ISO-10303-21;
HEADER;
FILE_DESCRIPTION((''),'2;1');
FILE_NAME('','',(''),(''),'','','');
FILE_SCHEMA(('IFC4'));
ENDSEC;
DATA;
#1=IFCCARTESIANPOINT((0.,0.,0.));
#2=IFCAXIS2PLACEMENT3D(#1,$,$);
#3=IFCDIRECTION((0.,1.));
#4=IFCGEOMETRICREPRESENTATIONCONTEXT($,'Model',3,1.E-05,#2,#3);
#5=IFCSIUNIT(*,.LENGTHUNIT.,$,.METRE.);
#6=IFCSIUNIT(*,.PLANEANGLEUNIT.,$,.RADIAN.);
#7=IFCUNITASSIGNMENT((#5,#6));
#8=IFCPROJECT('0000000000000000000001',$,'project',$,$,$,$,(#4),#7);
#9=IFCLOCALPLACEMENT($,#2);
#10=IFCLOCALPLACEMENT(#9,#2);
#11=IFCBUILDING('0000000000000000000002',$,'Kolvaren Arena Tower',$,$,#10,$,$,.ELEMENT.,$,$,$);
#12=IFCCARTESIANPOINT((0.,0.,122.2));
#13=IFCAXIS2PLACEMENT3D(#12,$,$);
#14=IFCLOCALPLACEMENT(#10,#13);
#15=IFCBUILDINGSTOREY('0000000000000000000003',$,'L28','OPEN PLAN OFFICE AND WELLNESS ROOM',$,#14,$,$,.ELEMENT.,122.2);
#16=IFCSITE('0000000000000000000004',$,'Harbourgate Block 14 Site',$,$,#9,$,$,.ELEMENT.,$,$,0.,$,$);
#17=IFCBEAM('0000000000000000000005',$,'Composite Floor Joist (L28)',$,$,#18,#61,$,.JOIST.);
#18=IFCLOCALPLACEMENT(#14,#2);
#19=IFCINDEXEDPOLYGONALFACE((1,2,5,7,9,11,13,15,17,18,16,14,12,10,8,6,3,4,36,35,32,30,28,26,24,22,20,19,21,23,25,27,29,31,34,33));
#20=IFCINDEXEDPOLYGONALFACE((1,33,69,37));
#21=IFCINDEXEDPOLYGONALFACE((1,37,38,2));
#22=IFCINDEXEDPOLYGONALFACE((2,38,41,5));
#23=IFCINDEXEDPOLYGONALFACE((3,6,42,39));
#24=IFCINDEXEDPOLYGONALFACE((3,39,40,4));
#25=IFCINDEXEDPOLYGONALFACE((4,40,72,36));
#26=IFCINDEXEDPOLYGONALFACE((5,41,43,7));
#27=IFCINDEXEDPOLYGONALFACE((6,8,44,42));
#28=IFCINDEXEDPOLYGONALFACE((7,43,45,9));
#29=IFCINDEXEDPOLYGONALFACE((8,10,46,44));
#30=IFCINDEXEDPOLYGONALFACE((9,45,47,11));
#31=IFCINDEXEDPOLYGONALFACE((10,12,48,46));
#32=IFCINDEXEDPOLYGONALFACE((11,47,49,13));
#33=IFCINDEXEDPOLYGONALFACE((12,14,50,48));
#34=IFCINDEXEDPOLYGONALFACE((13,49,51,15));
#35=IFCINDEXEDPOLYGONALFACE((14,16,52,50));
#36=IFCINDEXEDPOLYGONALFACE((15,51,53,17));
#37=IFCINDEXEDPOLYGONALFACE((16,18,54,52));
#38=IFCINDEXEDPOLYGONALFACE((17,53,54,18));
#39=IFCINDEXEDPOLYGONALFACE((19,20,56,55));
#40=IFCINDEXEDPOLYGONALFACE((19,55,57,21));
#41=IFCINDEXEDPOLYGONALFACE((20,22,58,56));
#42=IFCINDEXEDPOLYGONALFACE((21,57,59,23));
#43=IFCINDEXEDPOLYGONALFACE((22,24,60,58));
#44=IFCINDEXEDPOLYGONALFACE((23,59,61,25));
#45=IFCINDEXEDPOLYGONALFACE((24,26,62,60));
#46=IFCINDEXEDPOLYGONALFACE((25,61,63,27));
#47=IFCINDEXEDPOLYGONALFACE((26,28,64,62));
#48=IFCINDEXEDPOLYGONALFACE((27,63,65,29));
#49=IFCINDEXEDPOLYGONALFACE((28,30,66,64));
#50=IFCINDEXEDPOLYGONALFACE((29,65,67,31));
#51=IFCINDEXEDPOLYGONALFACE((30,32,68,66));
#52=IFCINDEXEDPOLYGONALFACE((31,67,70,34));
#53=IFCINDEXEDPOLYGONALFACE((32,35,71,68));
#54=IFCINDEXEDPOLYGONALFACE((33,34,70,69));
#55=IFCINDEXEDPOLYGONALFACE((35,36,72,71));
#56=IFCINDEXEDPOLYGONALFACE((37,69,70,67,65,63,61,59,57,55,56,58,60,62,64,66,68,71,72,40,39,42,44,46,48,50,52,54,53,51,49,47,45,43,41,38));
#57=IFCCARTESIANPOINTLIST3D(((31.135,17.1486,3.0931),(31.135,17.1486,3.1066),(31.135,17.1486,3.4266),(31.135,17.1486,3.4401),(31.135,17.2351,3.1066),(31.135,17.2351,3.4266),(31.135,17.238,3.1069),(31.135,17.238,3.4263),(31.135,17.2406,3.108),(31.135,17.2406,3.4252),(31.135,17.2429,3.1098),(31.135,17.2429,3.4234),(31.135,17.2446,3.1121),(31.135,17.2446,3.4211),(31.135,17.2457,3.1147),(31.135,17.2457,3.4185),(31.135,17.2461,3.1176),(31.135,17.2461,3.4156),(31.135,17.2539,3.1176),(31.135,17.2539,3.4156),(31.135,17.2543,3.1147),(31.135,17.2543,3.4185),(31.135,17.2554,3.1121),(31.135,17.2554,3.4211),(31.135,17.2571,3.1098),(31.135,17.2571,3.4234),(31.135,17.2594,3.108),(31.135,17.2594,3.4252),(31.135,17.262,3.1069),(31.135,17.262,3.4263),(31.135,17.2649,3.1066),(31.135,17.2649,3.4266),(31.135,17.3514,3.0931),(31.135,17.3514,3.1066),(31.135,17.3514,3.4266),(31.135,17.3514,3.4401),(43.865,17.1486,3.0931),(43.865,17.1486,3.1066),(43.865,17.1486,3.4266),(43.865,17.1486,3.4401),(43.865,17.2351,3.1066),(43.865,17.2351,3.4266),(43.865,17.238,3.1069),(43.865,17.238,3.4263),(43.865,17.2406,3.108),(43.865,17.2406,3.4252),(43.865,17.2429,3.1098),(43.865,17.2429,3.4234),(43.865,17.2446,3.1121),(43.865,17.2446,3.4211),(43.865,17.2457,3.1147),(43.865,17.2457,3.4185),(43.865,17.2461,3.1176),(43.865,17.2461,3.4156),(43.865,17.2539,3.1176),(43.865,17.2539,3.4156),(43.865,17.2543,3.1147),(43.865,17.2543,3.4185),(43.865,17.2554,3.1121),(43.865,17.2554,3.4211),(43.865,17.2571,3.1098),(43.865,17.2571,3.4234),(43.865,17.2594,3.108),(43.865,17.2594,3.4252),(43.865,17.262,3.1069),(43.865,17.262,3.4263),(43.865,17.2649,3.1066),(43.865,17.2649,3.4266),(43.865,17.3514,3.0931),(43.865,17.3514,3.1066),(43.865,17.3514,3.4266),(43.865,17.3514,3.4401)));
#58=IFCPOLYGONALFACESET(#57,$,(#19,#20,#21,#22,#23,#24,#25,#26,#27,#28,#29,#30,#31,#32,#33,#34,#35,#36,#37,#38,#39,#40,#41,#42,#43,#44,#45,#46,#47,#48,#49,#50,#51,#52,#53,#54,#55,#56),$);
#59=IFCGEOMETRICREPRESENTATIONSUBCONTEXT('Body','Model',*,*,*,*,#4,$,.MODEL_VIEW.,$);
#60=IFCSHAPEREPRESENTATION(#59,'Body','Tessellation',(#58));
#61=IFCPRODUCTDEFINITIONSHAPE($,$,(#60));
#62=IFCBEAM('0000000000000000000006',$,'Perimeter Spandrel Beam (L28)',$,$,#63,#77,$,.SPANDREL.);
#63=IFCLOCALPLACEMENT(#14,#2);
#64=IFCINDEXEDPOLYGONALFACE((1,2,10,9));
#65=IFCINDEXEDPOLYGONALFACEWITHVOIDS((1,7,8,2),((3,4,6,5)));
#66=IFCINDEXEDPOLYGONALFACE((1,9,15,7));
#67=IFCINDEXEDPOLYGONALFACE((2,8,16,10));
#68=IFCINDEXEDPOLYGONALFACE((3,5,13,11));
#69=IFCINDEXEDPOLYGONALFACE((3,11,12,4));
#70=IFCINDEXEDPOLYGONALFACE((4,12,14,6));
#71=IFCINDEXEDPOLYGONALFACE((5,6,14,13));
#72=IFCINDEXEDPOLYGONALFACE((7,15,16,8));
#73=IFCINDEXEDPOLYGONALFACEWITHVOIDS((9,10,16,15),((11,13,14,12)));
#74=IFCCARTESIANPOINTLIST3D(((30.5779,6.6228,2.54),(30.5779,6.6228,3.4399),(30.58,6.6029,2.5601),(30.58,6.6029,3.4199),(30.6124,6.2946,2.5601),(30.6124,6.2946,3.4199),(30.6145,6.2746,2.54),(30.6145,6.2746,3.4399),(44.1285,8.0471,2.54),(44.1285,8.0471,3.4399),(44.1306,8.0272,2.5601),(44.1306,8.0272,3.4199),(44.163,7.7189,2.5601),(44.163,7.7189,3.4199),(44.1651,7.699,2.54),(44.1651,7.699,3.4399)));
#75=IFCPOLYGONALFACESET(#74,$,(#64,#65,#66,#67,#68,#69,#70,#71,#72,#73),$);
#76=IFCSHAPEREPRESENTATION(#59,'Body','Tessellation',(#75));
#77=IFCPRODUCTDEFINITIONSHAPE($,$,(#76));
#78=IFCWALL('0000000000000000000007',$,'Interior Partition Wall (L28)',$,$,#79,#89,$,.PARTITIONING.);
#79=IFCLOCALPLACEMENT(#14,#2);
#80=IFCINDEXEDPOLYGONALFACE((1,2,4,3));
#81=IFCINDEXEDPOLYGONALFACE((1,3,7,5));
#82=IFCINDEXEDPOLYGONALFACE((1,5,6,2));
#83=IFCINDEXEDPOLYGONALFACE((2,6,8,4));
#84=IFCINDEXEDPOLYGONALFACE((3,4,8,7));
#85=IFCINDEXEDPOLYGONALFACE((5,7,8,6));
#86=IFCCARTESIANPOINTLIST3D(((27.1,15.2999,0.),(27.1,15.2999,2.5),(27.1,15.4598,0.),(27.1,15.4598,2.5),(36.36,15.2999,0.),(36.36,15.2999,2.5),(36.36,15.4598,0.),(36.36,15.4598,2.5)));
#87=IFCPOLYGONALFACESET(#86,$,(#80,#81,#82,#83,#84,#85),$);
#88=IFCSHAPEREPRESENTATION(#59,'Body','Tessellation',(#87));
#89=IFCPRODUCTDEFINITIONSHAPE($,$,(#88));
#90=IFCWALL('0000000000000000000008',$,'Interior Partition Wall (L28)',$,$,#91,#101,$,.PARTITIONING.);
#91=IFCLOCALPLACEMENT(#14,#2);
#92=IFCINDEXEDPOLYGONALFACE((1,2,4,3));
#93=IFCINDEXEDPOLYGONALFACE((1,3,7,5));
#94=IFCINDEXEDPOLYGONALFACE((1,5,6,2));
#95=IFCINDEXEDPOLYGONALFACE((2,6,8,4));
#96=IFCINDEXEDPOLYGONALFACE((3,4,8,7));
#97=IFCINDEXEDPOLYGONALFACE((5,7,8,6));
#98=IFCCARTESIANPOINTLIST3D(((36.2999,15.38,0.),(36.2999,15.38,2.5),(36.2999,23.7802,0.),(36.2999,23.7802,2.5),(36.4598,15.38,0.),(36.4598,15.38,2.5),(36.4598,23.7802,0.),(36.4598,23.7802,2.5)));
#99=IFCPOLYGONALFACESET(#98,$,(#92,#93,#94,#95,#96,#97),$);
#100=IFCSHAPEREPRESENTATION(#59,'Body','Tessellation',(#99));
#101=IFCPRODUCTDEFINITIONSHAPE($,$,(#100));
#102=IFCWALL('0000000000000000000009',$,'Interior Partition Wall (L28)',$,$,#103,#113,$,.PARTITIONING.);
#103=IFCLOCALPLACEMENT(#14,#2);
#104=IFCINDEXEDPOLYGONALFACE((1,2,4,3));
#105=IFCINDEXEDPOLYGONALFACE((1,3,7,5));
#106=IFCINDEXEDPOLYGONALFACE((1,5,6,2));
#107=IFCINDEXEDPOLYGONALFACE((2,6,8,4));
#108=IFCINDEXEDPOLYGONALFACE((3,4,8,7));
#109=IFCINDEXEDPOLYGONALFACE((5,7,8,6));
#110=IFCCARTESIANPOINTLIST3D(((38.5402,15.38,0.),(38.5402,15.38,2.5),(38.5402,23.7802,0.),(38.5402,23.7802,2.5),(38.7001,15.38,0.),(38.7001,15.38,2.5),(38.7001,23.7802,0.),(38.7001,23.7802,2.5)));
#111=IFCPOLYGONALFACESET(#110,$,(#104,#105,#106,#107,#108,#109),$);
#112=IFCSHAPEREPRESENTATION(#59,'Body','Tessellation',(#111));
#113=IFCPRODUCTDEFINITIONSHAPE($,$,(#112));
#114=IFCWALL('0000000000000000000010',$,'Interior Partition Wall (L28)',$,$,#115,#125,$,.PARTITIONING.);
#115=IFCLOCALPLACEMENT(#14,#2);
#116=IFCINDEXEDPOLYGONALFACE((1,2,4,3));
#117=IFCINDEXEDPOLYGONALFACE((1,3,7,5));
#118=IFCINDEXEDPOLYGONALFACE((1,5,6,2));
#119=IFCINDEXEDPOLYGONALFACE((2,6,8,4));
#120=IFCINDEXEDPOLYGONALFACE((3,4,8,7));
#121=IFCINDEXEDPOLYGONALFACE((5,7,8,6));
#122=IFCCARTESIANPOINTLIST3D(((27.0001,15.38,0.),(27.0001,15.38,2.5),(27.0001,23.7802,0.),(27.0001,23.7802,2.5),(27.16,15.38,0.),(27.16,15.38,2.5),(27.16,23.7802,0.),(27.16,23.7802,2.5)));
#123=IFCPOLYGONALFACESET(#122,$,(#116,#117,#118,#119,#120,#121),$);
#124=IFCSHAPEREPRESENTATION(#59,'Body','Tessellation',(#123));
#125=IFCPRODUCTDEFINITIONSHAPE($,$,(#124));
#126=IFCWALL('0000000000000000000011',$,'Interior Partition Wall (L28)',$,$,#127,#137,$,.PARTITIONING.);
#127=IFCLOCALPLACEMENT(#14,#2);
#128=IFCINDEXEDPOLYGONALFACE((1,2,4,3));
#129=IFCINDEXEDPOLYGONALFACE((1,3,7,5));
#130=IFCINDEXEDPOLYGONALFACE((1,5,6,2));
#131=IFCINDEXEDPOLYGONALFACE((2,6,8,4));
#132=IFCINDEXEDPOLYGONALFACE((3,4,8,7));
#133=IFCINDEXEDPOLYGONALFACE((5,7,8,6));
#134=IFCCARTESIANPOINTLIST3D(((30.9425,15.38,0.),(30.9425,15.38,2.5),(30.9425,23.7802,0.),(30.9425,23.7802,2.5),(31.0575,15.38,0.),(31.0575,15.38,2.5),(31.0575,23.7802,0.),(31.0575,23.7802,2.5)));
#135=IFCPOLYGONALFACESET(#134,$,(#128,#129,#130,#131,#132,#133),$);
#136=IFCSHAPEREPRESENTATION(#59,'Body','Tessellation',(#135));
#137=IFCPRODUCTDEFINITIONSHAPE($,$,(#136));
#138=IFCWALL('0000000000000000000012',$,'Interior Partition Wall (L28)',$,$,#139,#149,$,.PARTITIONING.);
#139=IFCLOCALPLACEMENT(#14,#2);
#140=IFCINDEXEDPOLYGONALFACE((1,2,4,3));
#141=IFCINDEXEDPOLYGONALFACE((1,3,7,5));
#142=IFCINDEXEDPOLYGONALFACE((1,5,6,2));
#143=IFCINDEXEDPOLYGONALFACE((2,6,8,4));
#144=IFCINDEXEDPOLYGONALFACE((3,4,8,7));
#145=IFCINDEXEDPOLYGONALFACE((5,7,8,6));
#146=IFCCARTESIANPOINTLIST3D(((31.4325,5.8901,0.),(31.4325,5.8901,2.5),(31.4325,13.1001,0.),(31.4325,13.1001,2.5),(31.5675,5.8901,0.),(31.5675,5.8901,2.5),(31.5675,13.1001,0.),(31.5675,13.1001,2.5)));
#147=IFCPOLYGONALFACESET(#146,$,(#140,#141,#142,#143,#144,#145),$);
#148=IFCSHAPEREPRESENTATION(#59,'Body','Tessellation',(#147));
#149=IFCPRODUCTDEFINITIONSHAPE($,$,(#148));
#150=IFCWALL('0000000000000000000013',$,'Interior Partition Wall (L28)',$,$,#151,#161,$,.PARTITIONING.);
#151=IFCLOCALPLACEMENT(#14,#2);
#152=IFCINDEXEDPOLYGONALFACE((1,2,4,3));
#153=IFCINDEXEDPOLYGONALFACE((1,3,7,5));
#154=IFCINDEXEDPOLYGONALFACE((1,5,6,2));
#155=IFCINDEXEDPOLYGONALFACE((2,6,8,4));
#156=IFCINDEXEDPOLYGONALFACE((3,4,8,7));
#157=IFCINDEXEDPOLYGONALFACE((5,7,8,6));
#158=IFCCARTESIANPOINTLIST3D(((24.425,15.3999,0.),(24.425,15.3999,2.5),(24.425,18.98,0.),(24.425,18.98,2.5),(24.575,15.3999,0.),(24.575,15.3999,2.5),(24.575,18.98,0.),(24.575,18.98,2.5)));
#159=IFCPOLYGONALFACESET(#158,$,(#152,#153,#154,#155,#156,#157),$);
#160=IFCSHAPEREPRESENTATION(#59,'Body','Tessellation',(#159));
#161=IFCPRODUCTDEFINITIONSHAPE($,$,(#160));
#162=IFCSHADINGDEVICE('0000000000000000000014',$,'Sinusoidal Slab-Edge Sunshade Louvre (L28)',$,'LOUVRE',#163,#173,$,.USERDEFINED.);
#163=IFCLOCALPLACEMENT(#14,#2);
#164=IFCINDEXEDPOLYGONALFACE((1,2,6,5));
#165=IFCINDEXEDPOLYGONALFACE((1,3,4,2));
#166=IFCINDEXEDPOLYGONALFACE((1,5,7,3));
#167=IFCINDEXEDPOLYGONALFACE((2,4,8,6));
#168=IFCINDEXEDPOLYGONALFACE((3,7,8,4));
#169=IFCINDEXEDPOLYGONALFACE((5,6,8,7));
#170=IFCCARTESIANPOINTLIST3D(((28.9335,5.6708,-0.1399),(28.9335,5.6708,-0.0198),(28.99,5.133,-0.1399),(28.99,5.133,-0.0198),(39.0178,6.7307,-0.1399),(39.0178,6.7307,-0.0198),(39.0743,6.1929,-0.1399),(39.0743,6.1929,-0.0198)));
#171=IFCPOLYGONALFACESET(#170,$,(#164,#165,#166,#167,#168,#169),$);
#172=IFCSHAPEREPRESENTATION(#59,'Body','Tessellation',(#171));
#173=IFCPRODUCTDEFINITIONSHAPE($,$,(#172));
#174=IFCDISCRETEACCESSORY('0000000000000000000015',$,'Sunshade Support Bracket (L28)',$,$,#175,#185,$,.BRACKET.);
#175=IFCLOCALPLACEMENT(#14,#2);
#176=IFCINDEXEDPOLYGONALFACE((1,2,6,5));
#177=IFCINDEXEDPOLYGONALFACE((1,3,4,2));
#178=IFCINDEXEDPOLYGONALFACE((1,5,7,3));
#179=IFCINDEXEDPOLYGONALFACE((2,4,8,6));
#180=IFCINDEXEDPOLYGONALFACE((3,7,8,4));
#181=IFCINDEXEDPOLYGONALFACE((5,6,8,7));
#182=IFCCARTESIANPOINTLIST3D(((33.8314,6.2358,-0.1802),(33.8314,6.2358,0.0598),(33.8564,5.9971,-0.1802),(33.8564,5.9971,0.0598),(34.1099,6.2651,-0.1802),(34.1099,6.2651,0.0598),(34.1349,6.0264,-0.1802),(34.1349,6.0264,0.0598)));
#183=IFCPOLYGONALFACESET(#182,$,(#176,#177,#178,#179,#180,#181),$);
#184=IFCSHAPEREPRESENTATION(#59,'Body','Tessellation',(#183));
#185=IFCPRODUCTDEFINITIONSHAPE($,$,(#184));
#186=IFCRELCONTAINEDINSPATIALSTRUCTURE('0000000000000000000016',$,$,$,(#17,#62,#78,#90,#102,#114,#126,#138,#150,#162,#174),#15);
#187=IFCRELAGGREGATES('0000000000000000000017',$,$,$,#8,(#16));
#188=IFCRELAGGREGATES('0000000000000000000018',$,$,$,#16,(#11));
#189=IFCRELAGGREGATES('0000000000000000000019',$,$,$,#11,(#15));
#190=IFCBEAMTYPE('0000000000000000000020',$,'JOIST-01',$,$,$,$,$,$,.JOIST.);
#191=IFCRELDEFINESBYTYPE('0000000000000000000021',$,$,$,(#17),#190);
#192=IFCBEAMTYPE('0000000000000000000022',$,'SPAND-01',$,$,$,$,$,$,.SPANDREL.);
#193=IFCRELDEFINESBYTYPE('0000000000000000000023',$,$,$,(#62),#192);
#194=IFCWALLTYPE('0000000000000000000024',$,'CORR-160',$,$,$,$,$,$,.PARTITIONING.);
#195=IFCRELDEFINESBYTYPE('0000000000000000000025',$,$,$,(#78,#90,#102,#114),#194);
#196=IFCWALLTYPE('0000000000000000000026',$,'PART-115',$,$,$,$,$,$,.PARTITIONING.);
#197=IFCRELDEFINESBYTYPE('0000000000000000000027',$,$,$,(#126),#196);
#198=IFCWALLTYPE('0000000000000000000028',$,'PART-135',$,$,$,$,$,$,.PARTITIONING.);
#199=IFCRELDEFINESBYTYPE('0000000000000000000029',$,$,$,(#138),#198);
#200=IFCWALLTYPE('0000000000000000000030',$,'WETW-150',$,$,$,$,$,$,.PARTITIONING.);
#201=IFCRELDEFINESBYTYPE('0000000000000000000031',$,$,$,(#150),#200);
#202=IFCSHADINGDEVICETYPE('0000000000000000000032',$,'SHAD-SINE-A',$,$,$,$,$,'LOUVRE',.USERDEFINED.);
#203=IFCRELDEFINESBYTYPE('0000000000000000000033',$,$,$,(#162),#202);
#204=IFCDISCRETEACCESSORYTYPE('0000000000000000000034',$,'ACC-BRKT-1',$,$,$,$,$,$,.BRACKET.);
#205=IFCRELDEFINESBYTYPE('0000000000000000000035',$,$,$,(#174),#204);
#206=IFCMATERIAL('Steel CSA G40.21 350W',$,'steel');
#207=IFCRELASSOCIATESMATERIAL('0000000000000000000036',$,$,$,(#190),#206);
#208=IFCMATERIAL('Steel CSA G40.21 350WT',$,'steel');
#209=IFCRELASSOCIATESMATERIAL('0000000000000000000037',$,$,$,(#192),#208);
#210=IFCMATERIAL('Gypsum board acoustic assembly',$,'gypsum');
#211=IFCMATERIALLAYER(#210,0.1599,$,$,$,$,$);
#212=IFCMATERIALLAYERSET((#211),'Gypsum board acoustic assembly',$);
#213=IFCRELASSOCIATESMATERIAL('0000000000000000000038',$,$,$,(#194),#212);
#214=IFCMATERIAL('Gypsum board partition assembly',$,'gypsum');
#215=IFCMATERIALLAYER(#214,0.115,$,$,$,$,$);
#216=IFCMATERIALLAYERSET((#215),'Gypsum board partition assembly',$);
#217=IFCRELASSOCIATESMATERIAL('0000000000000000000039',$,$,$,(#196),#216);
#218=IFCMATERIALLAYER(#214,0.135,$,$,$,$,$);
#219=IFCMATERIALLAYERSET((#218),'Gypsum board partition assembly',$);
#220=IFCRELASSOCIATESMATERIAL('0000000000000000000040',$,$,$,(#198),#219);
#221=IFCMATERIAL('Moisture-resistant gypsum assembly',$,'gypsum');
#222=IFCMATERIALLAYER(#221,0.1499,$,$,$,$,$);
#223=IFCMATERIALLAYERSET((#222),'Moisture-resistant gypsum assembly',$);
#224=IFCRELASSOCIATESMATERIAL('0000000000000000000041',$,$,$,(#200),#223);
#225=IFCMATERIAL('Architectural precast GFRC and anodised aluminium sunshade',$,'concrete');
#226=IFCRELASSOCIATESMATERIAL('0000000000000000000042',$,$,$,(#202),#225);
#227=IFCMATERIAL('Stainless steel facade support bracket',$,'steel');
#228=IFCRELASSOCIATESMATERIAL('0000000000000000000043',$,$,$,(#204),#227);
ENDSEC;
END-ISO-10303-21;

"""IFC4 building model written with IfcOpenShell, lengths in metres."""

from ifc_helpers import new_model, si_unit, direction, frame, frame_2d, origin, origin_2d, place, context, subcontext, project, spatial, rectangle, hollow_rectangle, i_section, extrude, material, layer, layer_set, material_profile, profile_set, type_object, element, save


model = new_model("IFC4")

# Units and contexts
model_context = context("Model", 3, precision=1e-05, world=origin(), true_north=direction((0.0, 1.0)))
body_context = subcontext(model_context, "Body", "Model", "MODEL_VIEW")
ifc_project = project(units=[si_unit("LENGTHUNIT", "METRE"), si_unit("PLANEANGLEUNIT", "RADIAN")], contexts=[model_context])

# Site, building, storey
site_placement = place(None, origin())
site = spatial("IfcSite", under=ifc_project, at=site_placement, Name="Harbourgate Block 14 Site", CompositionType="ELEMENT", RefElevation=0.0)
building_placement = place(site_placement, origin())
building = spatial("IfcBuilding", under=site, at=building_placement, Name="Kolvaren Arena Tower", CompositionType="ELEMENT")
storey_placement = place(building_placement, frame((0.0, 0.0, 122.2)))
storey = spatial("IfcBuildingStorey", under=building, at=storey_placement, Name="L28", Description="OPEN PLAN OFFICE AND WELLNESS ROOM", CompositionType="ELEMENT", Elevation=122.2)

# Beams
ifc_material_1 = material(Name="Steel CSA G40.21 350W", Category="steel")
ifc_material_profile_1 = material_profile(ifc_material_1, i_section(OverallWidth=0.2029, OverallDepth=0.3469, WebThickness=0.0078, FlangeThickness=0.0134, FilletRadius=0.011, at=origin_2d()), Name="W360x64")
ifc_profile_set_1 = profile_set([ifc_material_profile_1], Name="Steel CSA G40.21 350W")
beam_type_1 = type_object("IfcBeamType", Name="JOIST-01", PredefinedType="JOIST", material=ifc_profile_set_1)
beam_1_placement = place(storey_placement, frame((31.135, 17.25, 3.2666), z_axis=(1.0, 0.0, 0.0), x_axis=(0.0, 1.0, 0.0)))
element("IfcBeam", 1, at=beam_1_placement, inside=storey, type_object=beam_type_1, Name="Composite Floor Joist (L28)", PredefinedType="JOIST", context=body_context, shape_type="SweptSolid", body=[
    extrude(i_section(OverallWidth=0.2029, OverallDepth=0.3469, WebThickness=0.0078, FlangeThickness=0.0134, FilletRadius=0.011, at=origin_2d()), origin(), (0.0, 0.0, 1.0), 12.73),
])
ifc_material_2 = material(Name="Steel CSA G40.21 350WT", Category="steel")
ifc_material_profile_2 = material_profile(ifc_material_2, hollow_rectangle(XDim=0.3501, YDim=0.8999, WallThickness=0.02, at=origin_2d()), Name="HSS 900x350x20")
ifc_profile_set_2 = profile_set([ifc_material_profile_2], Name="Steel CSA G40.21 350WT")
beam_type_2 = type_object("IfcBeamType", Name="SPAND-01", PredefinedType="SPANDREL", material=ifc_profile_set_2)
beam_2_placement = place(storey_placement, frame((30.5962, 6.4487, 2.99), z_axis=(0.994521, 0.104536, 0.0), x_axis=(-0.104536, 0.994521, 0.0)))
element("IfcBeam", 2, at=beam_2_placement, inside=storey, type_object=beam_type_2, Name="Perimeter Spandrel Beam (L28)", PredefinedType="SPANDREL", context=body_context, shape_type="SweptSolid", body=[
    extrude(hollow_rectangle(XDim=0.3501, YDim=0.8999, WallThickness=0.02, at=origin_2d()), origin(), (0.0, 0.0, 1.0), 13.6252),
])

# Walls
ifc_material_3 = material(Name="Gypsum board acoustic assembly", Category="gypsum")
ifc_layer_1 = layer(ifc_material_3, 0.1599)
ifc_layer_set_1 = layer_set([ifc_layer_1], Name="Gypsum board acoustic assembly")
wall_type_1 = type_object("IfcWallType", Name="CORR-160", PredefinedType="PARTITIONING", material=ifc_layer_set_1)
wall_1_placement = place(storey_placement, frame((27.1001, 15.3799, 0.0), z_axis=(0.0, 0.0, 1.0), x_axis=(1.0, 0.0, 0.0)))
element("IfcWall", 3, at=wall_1_placement, inside=storey, type_object=wall_type_1, Name="Interior Partition Wall (L28)", PredefinedType="PARTITIONING", context=body_context, shape_type="SweptSolid", body=[
    extrude(rectangle(XDim=9.26, YDim=0.1599, at=frame_2d((4.6299, 0.0))), origin(), (0.0, 0.0, 1.0), 2.5),
])
for number, where, z_axis, x_axis, name in (
    (4, (36.3799, 15.3799, 0.0), (0.0, 0.0, 1.0), (0.0, 1.0, 0.0), "Interior Partition Wall (L28)"),
    (5, (38.6201, 15.3799, 0.0), (0.0, 0.0, 1.0), (0.0, 1.0, 0.0), "Interior Partition Wall (L28)"),
    (6, (27.0801, 15.3799, 0.0), (0.0, 0.0, 1.0), (0.0, 1.0, 0.0), "Interior Partition Wall (L28)"),
):
    element("IfcWall", number, at=place(storey_placement, frame(where, z_axis=z_axis, x_axis=x_axis)), inside=storey, type_object=wall_type_1, Name=name, PredefinedType="PARTITIONING", context=body_context, shape_type="SweptSolid", body=[
        extrude(rectangle(XDim=8.4001, YDim=0.1599, at=frame_2d((4.2002, 0.0))), origin(), (0.0, 0.0, 1.0), 2.5),
    ])
ifc_material_4 = material(Name="Gypsum board partition assembly", Category="gypsum")
ifc_layer_2 = layer(ifc_material_4, 0.115)
ifc_layer_set_2 = layer_set([ifc_layer_2], Name="Gypsum board partition assembly")
wall_type_2 = type_object("IfcWallType", Name="PART-115", PredefinedType="PARTITIONING", material=ifc_layer_set_2)
wall_2_placement = place(storey_placement, frame((31.0, 15.3799, 0.0), z_axis=(0.0, 0.0, 1.0), x_axis=(0.0, 1.0, 0.0)))
element("IfcWall", 7, at=wall_2_placement, inside=storey, type_object=wall_type_2, Name="Interior Partition Wall (L28)", PredefinedType="PARTITIONING", context=body_context, shape_type="SweptSolid", body=[
    extrude(rectangle(XDim=8.4001, YDim=0.115, at=frame_2d((4.2002, 0.0))), origin(), (0.0, 0.0, 1.0), 2.5),
])
ifc_layer_3 = layer(ifc_material_4, 0.135)
ifc_layer_set_3 = layer_set([ifc_layer_3], Name="Gypsum board partition assembly")
wall_type_3 = type_object("IfcWallType", Name="PART-135", PredefinedType="PARTITIONING", material=ifc_layer_set_3)
wall_3_placement = place(storey_placement, frame((31.5, 5.8901, 0.0), z_axis=(0.0, 0.0, 1.0), x_axis=(0.0, 1.0, 0.0)))
element("IfcWall", 8, at=wall_3_placement, inside=storey, type_object=wall_type_3, Name="Interior Partition Wall (L28)", PredefinedType="PARTITIONING", context=body_context, shape_type="SweptSolid", body=[
    extrude(rectangle(XDim=7.21, YDim=0.135, at=frame_2d((3.605, 0.0))), origin(), (0.0, 0.0, 1.0), 2.5),
])
ifc_material_5 = material(Name="Moisture-resistant gypsum assembly", Category="gypsum")
ifc_layer_4 = layer(ifc_material_5, 0.1499)
ifc_layer_set_4 = layer_set([ifc_layer_4], Name="Moisture-resistant gypsum assembly")
wall_type_4 = type_object("IfcWallType", Name="WETW-150", PredefinedType="PARTITIONING", material=ifc_layer_set_4)
wall_4_placement = place(storey_placement, frame((24.5, 15.3999, 0.0), z_axis=(0.0, 0.0, 1.0), x_axis=(0.0, 1.0, 0.0)))
element("IfcWall", 9, at=wall_4_placement, inside=storey, type_object=wall_type_4, Name="Interior Partition Wall (L28)", PredefinedType="PARTITIONING", context=body_context, shape_type="SweptSolid", body=[
    extrude(rectangle(XDim=3.5801, YDim=0.1499, at=frame_2d((1.79, 0.0))), origin(), (0.0, 0.0, 1.0), 2.5),
])

# Shading device
ifc_material_6 = material(Name="Architectural precast GFRC and anodised aluminium sunshade", Category="concrete")
shading_device_type = type_object("IfcShadingDeviceType", Name="SHAD-SINE-A", ElementType="LOUVRE", PredefinedType="USERDEFINED", material=ifc_material_6)
shading_device_placement = place(storey_placement, frame((34.0039, 5.9319, -0.1399), z_axis=(0.0, 0.0, 1.0), x_axis=(-0.994522, -0.104527, 0.0)))
element("IfcShadingDevice", 10, at=shading_device_placement, inside=storey, type_object=shading_device_type, Name="Sinusoidal Slab-Edge Sunshade Louvre (L28)", ObjectType="LOUVRE", PredefinedType="USERDEFINED", context=body_context, shape_type="SweptSolid", body=[
    extrude(rectangle(XDim=10.1399, YDim=0.5408, at=origin_2d()), origin(), (0.0, 0.0, 1.0), 0.1201),
])

# Discrete accessory
ifc_material_7 = material(Name="Stainless steel facade support bracket", Category="steel")
discrete_accessory_type = type_object("IfcDiscreteAccessoryType", Name="ACC-BRKT-1", PredefinedType="BRACKET", material=ifc_material_7)
discrete_accessory_placement = place(storey_placement, frame((33.9832, 6.1311, -0.1802), z_axis=(0.0, 0.0, 1.0), x_axis=(-0.994522, -0.104527, 0.0)))
element("IfcDiscreteAccessory", 11, at=discrete_accessory_placement, inside=storey, type_object=discrete_accessory_type, Name="Sunshade Support Bracket (L28)", PredefinedType="BRACKET", context=body_context, shape_type="SweptSolid", body=[
    extrude(rectangle(XDim=0.28, YDim=0.24, at=origin_2d()), origin(), (0.0, 0.0, 1.0), 0.24),
])

save(model, "model.ifc")
